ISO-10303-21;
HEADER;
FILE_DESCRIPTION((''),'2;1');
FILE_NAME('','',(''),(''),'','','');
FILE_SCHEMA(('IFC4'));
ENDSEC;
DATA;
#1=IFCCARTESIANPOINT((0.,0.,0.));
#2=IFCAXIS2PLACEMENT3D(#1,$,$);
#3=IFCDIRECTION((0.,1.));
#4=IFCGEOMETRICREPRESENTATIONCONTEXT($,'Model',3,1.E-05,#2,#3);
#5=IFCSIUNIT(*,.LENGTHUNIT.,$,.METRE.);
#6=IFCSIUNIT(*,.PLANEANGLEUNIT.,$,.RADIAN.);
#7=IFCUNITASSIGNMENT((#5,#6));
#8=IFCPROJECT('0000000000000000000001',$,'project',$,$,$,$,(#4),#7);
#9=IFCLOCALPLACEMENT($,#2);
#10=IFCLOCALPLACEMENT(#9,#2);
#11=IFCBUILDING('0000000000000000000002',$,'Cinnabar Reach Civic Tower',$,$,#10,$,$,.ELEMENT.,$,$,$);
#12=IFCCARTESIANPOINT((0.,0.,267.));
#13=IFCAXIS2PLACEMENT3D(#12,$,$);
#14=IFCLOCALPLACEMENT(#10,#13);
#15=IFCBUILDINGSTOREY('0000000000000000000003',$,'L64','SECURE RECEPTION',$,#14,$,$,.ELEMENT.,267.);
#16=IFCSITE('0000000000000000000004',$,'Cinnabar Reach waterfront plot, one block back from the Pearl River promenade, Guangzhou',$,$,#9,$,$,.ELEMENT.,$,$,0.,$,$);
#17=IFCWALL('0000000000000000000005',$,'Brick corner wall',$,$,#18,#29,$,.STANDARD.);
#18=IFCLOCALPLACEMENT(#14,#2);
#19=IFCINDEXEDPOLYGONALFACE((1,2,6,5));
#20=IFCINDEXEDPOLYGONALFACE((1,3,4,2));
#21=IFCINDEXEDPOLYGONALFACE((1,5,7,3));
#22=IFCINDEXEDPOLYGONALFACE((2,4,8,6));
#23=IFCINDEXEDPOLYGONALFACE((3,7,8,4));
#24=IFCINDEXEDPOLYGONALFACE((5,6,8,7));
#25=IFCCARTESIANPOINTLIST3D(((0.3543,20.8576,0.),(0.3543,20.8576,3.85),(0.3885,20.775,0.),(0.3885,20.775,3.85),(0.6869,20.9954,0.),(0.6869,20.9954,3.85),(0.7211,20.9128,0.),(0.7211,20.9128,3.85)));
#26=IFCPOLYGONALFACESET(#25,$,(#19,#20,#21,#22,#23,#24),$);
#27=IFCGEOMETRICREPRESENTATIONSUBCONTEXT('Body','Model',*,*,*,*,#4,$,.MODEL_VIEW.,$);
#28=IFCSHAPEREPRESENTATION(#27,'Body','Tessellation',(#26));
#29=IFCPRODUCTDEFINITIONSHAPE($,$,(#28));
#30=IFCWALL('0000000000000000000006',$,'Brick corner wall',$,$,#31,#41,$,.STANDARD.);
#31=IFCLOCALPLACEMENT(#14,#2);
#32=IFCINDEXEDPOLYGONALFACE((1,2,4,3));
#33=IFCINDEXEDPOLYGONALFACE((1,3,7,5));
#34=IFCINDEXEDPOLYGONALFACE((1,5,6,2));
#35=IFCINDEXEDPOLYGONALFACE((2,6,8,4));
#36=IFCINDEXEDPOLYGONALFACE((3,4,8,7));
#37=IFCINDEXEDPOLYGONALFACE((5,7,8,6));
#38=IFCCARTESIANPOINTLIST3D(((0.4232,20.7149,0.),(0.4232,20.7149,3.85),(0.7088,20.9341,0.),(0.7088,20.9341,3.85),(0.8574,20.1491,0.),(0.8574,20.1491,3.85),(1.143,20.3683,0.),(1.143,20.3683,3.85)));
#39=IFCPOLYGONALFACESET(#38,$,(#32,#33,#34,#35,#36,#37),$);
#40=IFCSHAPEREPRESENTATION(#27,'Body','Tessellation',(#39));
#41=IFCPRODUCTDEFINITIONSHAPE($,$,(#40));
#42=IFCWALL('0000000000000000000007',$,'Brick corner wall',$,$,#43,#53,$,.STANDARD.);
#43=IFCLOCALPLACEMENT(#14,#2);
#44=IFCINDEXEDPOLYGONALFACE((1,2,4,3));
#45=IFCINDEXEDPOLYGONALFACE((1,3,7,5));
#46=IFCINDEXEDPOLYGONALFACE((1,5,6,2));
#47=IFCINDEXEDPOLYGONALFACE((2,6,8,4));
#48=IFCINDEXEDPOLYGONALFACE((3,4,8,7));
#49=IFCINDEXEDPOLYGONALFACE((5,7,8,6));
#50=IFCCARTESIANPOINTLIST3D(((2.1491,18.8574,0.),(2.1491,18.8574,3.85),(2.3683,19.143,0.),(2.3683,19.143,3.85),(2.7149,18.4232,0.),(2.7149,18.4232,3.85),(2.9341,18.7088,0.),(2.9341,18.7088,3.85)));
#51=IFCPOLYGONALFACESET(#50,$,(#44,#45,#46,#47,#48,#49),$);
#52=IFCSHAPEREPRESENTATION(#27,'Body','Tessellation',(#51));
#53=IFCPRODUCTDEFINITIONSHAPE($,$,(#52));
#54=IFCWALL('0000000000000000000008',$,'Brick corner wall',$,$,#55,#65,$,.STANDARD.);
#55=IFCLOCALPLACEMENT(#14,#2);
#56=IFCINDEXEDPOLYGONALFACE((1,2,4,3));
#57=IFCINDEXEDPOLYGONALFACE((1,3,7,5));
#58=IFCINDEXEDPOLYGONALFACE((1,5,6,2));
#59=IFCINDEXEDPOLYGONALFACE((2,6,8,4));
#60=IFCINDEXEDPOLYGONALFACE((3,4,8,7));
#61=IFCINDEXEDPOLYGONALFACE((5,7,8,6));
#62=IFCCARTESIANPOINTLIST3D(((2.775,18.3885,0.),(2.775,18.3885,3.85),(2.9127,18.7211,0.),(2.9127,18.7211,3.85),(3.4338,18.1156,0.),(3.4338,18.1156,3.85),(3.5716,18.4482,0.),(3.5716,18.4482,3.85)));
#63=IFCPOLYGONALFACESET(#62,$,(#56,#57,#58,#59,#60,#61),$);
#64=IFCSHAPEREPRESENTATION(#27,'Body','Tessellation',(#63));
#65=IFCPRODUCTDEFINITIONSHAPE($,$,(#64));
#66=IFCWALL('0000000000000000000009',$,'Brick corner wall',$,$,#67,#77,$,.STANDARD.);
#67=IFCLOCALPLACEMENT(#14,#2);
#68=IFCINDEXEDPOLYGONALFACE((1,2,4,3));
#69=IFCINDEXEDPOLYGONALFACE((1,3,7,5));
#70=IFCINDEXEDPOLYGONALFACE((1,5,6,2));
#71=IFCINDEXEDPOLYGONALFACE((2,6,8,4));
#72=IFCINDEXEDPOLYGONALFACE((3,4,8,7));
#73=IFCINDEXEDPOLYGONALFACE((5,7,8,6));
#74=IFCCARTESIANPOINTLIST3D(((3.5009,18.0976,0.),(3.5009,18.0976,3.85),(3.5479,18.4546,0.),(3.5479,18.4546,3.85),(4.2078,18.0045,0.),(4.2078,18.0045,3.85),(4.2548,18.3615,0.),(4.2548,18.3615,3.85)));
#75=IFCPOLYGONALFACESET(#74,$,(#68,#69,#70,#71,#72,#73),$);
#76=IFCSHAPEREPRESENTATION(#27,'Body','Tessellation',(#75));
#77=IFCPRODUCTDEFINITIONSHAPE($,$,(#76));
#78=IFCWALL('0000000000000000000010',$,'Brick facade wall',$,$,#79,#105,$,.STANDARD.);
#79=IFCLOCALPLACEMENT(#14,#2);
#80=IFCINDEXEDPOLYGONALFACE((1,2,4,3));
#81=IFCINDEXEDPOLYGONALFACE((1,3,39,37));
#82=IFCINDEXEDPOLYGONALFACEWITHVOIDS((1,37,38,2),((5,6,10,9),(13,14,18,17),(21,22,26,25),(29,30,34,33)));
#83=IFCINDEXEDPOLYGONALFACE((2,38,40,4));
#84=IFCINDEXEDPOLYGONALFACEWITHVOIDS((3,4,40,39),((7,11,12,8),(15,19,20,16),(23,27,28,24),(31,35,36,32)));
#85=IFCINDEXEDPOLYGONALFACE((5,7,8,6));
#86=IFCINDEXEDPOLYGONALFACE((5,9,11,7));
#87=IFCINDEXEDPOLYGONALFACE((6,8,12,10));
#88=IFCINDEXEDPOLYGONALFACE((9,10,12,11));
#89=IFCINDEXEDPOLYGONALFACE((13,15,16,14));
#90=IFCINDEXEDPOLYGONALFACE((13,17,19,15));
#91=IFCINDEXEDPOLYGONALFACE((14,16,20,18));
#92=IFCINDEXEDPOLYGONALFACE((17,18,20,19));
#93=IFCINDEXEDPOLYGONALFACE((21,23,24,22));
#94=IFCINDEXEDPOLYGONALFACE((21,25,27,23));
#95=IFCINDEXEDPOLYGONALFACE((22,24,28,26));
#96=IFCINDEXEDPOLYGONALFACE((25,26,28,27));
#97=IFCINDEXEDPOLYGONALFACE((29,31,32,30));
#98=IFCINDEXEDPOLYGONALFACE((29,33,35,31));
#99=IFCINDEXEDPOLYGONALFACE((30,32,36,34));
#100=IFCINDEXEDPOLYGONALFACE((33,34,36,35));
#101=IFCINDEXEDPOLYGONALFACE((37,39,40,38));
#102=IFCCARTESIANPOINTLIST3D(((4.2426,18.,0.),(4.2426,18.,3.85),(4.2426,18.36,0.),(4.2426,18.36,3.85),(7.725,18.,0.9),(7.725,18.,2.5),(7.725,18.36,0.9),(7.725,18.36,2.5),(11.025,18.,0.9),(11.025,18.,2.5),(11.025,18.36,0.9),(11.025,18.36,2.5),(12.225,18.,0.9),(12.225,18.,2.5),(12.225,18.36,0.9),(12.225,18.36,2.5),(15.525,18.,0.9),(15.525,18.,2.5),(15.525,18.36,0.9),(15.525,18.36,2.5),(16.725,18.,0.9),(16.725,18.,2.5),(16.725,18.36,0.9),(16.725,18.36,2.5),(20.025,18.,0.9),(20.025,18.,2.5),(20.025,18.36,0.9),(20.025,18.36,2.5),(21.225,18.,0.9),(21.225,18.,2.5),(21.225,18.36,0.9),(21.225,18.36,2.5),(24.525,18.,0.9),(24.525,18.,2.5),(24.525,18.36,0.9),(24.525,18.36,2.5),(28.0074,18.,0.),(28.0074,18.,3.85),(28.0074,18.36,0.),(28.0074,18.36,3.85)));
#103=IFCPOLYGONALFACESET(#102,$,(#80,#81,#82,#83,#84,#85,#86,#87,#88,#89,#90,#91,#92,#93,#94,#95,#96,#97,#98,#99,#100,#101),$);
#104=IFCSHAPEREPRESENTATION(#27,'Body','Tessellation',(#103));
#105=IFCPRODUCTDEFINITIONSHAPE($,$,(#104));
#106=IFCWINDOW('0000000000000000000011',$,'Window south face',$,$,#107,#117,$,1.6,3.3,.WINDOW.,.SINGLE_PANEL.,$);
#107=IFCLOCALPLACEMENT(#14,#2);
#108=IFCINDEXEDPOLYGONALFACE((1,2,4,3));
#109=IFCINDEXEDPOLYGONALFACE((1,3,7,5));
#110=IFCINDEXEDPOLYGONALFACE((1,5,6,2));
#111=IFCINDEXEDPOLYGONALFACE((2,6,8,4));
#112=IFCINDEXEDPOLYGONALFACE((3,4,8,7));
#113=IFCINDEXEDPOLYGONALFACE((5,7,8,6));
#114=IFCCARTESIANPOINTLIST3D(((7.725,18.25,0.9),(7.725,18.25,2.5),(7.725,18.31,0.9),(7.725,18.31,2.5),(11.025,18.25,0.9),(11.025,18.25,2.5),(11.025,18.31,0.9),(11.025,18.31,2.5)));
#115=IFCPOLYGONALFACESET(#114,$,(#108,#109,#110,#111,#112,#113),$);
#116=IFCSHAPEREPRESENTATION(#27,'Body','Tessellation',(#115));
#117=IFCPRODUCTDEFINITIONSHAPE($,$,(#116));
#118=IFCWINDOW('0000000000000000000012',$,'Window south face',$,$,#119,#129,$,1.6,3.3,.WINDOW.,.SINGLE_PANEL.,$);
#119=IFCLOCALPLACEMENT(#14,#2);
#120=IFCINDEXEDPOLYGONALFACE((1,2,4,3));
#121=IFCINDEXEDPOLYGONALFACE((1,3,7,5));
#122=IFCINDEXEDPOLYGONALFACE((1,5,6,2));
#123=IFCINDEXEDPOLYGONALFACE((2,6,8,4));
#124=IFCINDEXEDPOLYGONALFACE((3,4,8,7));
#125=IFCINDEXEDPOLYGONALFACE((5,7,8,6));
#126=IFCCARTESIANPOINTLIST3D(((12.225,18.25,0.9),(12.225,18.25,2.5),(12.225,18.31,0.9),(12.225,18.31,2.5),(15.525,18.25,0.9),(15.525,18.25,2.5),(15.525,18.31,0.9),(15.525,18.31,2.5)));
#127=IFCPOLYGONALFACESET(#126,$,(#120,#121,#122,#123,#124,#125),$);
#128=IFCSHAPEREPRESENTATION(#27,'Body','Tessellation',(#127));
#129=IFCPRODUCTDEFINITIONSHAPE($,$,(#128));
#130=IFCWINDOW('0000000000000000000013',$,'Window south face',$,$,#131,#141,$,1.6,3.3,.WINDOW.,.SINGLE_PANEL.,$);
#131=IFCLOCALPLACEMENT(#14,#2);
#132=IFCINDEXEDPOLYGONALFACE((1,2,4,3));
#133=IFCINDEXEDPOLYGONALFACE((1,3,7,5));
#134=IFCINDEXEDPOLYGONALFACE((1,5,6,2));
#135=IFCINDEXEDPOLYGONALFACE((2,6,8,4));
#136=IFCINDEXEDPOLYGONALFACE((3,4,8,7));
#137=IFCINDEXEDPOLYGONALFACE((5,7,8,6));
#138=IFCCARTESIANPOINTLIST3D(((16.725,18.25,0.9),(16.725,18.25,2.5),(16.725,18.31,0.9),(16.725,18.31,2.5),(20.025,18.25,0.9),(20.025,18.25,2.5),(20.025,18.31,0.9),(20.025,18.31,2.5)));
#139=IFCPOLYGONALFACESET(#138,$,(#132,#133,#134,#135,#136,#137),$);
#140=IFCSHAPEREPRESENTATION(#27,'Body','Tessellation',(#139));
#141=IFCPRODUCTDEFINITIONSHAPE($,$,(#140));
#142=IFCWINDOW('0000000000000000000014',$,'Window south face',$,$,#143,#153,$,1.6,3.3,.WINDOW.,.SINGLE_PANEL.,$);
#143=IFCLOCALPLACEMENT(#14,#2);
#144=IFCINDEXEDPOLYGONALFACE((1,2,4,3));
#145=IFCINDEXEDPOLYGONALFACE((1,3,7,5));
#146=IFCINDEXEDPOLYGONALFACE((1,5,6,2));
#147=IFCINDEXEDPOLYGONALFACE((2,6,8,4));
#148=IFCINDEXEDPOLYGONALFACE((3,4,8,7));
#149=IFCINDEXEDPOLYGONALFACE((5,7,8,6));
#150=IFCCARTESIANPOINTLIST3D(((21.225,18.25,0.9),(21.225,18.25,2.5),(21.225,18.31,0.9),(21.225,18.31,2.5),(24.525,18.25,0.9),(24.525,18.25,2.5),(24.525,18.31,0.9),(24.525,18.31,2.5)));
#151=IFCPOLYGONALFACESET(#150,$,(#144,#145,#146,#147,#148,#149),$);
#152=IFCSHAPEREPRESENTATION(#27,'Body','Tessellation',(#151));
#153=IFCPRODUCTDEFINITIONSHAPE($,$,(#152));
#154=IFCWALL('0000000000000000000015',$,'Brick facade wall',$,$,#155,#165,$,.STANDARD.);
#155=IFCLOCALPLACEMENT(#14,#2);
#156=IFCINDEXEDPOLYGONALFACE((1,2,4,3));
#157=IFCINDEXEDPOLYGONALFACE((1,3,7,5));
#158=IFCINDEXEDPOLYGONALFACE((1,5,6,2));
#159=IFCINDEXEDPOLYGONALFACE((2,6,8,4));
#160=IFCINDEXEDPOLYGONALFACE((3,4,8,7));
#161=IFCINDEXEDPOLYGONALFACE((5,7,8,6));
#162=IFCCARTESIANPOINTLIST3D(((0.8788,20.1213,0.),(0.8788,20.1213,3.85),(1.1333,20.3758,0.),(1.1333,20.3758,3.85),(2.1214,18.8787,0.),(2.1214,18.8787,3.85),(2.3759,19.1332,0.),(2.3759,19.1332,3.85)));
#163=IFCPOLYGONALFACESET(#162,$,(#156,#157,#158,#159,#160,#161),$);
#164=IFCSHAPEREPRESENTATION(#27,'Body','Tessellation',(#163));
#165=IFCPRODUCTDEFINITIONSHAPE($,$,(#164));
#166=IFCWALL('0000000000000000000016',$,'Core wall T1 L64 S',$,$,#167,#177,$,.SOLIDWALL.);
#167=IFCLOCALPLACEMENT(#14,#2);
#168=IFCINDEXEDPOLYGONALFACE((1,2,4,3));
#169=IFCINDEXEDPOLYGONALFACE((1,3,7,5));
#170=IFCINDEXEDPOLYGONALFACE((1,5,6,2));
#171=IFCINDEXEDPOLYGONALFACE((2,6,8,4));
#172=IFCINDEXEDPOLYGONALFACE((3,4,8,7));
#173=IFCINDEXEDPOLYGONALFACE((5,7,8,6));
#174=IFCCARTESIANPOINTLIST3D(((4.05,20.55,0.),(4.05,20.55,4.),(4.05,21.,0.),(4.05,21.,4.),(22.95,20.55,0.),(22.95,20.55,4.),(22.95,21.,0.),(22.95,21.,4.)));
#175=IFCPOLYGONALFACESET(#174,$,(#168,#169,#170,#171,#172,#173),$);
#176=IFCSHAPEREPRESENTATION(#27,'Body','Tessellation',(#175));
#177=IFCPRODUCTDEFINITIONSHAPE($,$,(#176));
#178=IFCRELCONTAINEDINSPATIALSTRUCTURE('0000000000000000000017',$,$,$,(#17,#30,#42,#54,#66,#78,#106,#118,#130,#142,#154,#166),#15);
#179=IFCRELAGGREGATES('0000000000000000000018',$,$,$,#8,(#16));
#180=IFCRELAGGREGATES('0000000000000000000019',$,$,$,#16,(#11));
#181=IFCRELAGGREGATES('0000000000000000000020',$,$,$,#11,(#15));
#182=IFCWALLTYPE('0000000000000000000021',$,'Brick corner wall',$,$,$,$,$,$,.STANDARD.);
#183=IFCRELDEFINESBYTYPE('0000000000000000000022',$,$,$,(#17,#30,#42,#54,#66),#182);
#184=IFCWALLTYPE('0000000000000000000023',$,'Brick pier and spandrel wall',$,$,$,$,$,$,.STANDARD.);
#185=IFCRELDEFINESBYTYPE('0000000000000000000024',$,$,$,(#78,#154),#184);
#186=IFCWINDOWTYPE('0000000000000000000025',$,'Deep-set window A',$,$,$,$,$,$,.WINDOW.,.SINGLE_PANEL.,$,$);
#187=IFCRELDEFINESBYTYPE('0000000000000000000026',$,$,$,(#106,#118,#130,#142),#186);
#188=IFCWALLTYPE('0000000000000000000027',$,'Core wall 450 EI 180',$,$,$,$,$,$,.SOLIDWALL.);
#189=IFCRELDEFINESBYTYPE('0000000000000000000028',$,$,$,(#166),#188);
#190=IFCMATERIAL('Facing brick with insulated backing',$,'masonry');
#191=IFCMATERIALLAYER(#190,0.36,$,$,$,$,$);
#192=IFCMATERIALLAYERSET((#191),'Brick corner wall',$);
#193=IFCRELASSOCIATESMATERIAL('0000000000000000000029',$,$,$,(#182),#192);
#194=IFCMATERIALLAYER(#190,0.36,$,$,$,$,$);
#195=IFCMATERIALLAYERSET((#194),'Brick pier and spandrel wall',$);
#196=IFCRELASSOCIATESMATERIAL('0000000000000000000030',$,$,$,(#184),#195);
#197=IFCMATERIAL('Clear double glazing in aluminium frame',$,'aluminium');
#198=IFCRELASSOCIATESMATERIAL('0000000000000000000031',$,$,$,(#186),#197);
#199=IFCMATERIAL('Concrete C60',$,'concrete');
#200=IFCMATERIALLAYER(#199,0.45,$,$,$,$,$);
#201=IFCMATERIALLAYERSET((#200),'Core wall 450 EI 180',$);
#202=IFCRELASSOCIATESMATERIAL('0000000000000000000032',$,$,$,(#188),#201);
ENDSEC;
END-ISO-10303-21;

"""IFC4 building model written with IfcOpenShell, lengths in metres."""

from ifc_helpers import new_model, si_unit, direction, frame, frame_2d, origin, place, context, subcontext, project, spatial, rectangle, extrude, material, layer, layer_set, type_object, element, fill, save


model = new_model("IFC4")

# Units and contexts
model_context = context("Model", 3, precision=1e-05, world=origin(), true_north=direction((0.0, 1.0)))
body_context = subcontext(model_context, "Body", "Model", "MODEL_VIEW")
ifc_project = project(units=[si_unit("LENGTHUNIT", "METRE"), si_unit("PLANEANGLEUNIT", "RADIAN")], contexts=[model_context])

# Site, building, storey
site_placement = place(None, origin())
site = spatial("IfcSite", under=ifc_project, at=site_placement, Name="Cinnabar Reach waterfront plot, one block back from the Pearl River promenade, Guangzhou", CompositionType="ELEMENT", RefElevation=0.0)
building_placement = place(site_placement, origin())
building = spatial("IfcBuilding", under=site, at=building_placement, Name="Cinnabar Reach Civic Tower", CompositionType="ELEMENT")
storey_placement = place(building_placement, frame((0.0, 0.0, 267.0)))
storey = spatial("IfcBuildingStorey", under=building, at=storey_placement, Name="L64", Description="SECURE RECEPTION", CompositionType="ELEMENT", Elevation=267.0)

# Shared definitions
ifc_material_1 = material(Name="Concrete C60", Category="concrete")

# Walls
ifc_material_2 = material(Name="Facing brick with insulated backing", Category="masonry")
ifc_layer_1 = layer(ifc_material_2, 0.36)
ifc_layer_set_1 = layer_set([ifc_layer_1], Name="Brick corner wall")
wall_type_1 = type_object("IfcWallType", Name="Brick corner wall", PredefinedType="STANDARD", material=ifc_layer_set_1)
wall_1_placement = place(storey_placement, frame((0.5206, 20.9265, 0.0), z_axis=(0.0, 0.0, 1.0), x_axis=(0.382549, -0.923935, 0.0)))
element("IfcWall", 1, at=wall_1_placement, inside=storey, type_object=wall_type_1, Name="Brick corner wall", PredefinedType="STANDARD", context=body_context, shape_type="SweptSolid", body=[
    extrude(rectangle(XDim=0.0894, YDim=0.36, at=frame_2d((0.0447, 0.0))), origin(), (0.0, 0.0, 1.0), 3.85),
])
for number, where, z_axis, x_axis, name in (
    (2, (0.566, 20.8245, 0.0), (0.0, 0.0, 1.0), (0.608802, -0.793322, 0.0), "Brick corner wall"),
    (3, (2.2587, 19.0002, 0.0), (0.0, 0.0, 1.0), (0.793322, -0.608802, 0.0), "Brick corner wall"),
):
    element("IfcWall", number, at=place(storey_placement, frame(where, z_axis=z_axis, x_axis=x_axis)), inside=storey, type_object=wall_type_1, Name=name, PredefinedType="STANDARD", context=body_context, shape_type="SweptSolid", body=[
        extrude(rectangle(XDim=0.7132, YDim=0.36, at=frame_2d((0.3566, 0.0))), origin(), (0.0, 0.0, 1.0), 3.85),
    ])
for number, where, z_axis, x_axis, name in (
    (4, (2.8439, 18.5548, 0.0), (0.0, 0.0, 1.0), (0.923872, -0.382703, 0.0), "Brick corner wall"),
    (5, (3.5244, 18.2761, 0.0), (0.0, 0.0, 1.0), (0.991441, -0.130556, 0.0), "Brick corner wall"),
):
    element("IfcWall", number, at=place(storey_placement, frame(where, z_axis=z_axis, x_axis=x_axis)), inside=storey, type_object=wall_type_1, Name=name, PredefinedType="STANDARD", context=body_context, shape_type="SweptSolid", body=[
        extrude(rectangle(XDim=0.7131, YDim=0.36, at=frame_2d((0.3565, 0.0))), origin(), (0.0, 0.0, 1.0), 3.85),
    ])

# Wall, openings, windows
ifc_layer_2 = layer(ifc_material_2, 0.36)
ifc_layer_set_2 = layer_set([ifc_layer_2], Name="Brick pier and spandrel wall")
wall_type_2 = type_object("IfcWallType", Name="Brick pier and spandrel wall", PredefinedType="STANDARD", material=ifc_layer_set_2)
wall_2_placement = place(storey_placement, frame((4.2426, 18.18, 0.0), z_axis=(0.0, 0.0, 1.0), x_axis=(1.0, 0.0, 0.0)))
wall_2 = element("IfcWall", 6, at=wall_2_placement, inside=storey, type_object=wall_type_2, Name="Brick facade wall", PredefinedType="STANDARD", context=body_context, shape_type="SweptSolid", body=[
    extrude(rectangle(XDim=23.7648, YDim=0.36, at=frame_2d((11.8824, 0.0))), origin(), (0.0, 0.0, 1.0), 3.85),
])
opening_1_placement = place(wall_2_placement, frame((3.4824, 0.0, 0.9)))
opening_1 = element("IfcOpeningElement", 7, at=opening_1_placement, cuts=wall_2, PredefinedType="OPENING", context=body_context, shape_type="SweptSolid", body=[
    extrude(rectangle(XDim=3.3, YDim=1.6, at=frame_2d((1.65, 0.8))), frame((0.0, 0.19, 0.0), z_axis=(0.0, -1.0, 0.0), x_axis=(1.0, 0.0, 0.0)), (0.0, 0.0, 1.0), 0.38),
])
opening_2_placement = place(wall_2_placement, frame((7.9824, 0.0, 0.9)))
opening_2 = element("IfcOpeningElement", 8, at=opening_2_placement, cuts=wall_2, PredefinedType="OPENING", context=body_context, shape_type="SweptSolid", body=[
    extrude(rectangle(XDim=3.3, YDim=1.6, at=frame_2d((1.65, 0.8))), frame((0.0, 0.19, 0.0), z_axis=(0.0, -1.0, 0.0), x_axis=(1.0, 0.0, 0.0)), (0.0, 0.0, 1.0), 0.38),
])
opening_3_placement = place(wall_2_placement, frame((12.4824, 0.0, 0.9)))
opening_3 = element("IfcOpeningElement", 9, at=opening_3_placement, cuts=wall_2, PredefinedType="OPENING", context=body_context, shape_type="SweptSolid", body=[
    extrude(rectangle(XDim=3.3, YDim=1.6, at=frame_2d((1.65, 0.8))), frame((0.0, 0.19, 0.0), z_axis=(0.0, -1.0, 0.0), x_axis=(1.0, 0.0, 0.0)), (0.0, 0.0, 1.0), 0.38),
])
opening_4_placement = place(wall_2_placement, frame((16.9824, 0.0, 0.9)))
opening_4 = element("IfcOpeningElement", 10, at=opening_4_placement, cuts=wall_2, PredefinedType="OPENING", context=body_context, shape_type="SweptSolid", body=[
    extrude(rectangle(XDim=3.3, YDim=1.6, at=frame_2d((1.65, 0.8))), frame((0.0, 0.19, 0.0), z_axis=(0.0, -1.0, 0.0), x_axis=(1.0, 0.0, 0.0)), (0.0, 0.0, 1.0), 0.38),
])
ifc_material_3 = material(Name="Clear double glazing in aluminium frame", Category="aluminium")
window_type = type_object("IfcWindowType", Name="Deep-set window A", PartitioningType="SINGLE_PANEL", PredefinedType="WINDOW", material=ifc_material_3)
window_1_placement = place(opening_1_placement, origin())
window_1 = element("IfcWindow", 11, at=window_1_placement, inside=storey, type_object=window_type, Name="Window south face", OverallHeight=1.6, OverallWidth=3.3, PartitioningType="SINGLE_PANEL", PredefinedType="WINDOW", context=body_context, shape_type="SweptSolid", body=[
    extrude(rectangle(XDim=3.3, YDim=1.6, at=frame_2d((1.65, 0.8))), frame((0.0, 0.13, 0.0), z_axis=(0.0, -1.0, 0.0), x_axis=(1.0, 0.0, 0.0)), (0.0, 0.0, 1.0), 0.06),
])
fill(opening_1, window_1)
window_2_placement = place(opening_2_placement, origin())
window_2 = element("IfcWindow", 12, at=window_2_placement, inside=storey, type_object=window_type, Name="Window south face", OverallHeight=1.6, OverallWidth=3.3, PartitioningType="SINGLE_PANEL", PredefinedType="WINDOW", context=body_context, shape_type="SweptSolid", body=[
    extrude(rectangle(XDim=3.3, YDim=1.6, at=frame_2d((1.65, 0.8))), frame((0.0, 0.13, 0.0), z_axis=(0.0, -1.0, 0.0), x_axis=(1.0, 0.0, 0.0)), (0.0, 0.0, 1.0), 0.06),
])
fill(opening_2, window_2)
window_3_placement = place(opening_3_placement, origin())
window_3 = element("IfcWindow", 13, at=window_3_placement, inside=storey, type_object=window_type, Name="Window south face", OverallHeight=1.6, OverallWidth=3.3, PartitioningType="SINGLE_PANEL", PredefinedType="WINDOW", context=body_context, shape_type="SweptSolid", body=[
    extrude(rectangle(XDim=3.3, YDim=1.6, at=frame_2d((1.65, 0.8))), frame((0.0, 0.13, 0.0), z_axis=(0.0, -1.0, 0.0), x_axis=(1.0, 0.0, 0.0)), (0.0, 0.0, 1.0), 0.06),
])
fill(opening_3, window_3)
window_4_placement = place(opening_4_placement, origin())
window_4 = element("IfcWindow", 14, at=window_4_placement, inside=storey, type_object=window_type, Name="Window south face", OverallHeight=1.6, OverallWidth=3.3, PartitioningType="SINGLE_PANEL", PredefinedType="WINDOW", context=body_context, shape_type="SweptSolid", body=[
    extrude(rectangle(XDim=3.3, YDim=1.6, at=frame_2d((1.65, 0.8))), frame((0.0, 0.13, 0.0), z_axis=(0.0, -1.0, 0.0), x_axis=(1.0, 0.0, 0.0)), (0.0, 0.0, 1.0), 0.06),
])
fill(opening_4, window_4)

# Walls
wall_3_placement = place(storey_placement, frame((1.006, 20.2486, 0.0), z_axis=(0.0, 0.0, 1.0), x_axis=(0.707107, -0.707107, 0.0)))
element("IfcWall", 15, at=wall_3_placement, inside=storey, type_object=wall_type_2, Name="Brick facade wall", PredefinedType="STANDARD", context=body_context, shape_type="SweptSolid", body=[
    extrude(rectangle(XDim=1.7573, YDim=0.36, at=frame_2d((0.8787, 0.0))), origin(), (0.0, 0.0, 1.0), 3.85),
])
ifc_layer_3 = layer(ifc_material_1, 0.45)
ifc_layer_set_3 = layer_set([ifc_layer_3], Name="Core wall 450 EI 180")
wall_type_3 = type_object("IfcWallType", Name="Core wall 450 EI 180", PredefinedType="SOLIDWALL", material=ifc_layer_set_3)
wall_4_placement = place(storey_placement, frame((4.05, 20.775, 0.0), z_axis=(0.0, 0.0, 1.0), x_axis=(1.0, 0.0, 0.0)))
element("IfcWall", 16, at=wall_4_placement, inside=storey, type_object=wall_type_3, Name="Core wall T1 L64 S", PredefinedType="SOLIDWALL", context=body_context, shape_type="SweptSolid", body=[
    extrude(rectangle(XDim=18.9, YDim=0.45, at=frame_2d((9.45, 0.0))), origin(), (0.0, 0.0, 1.0), 4.0),
])

save(model, "model.ifc")
